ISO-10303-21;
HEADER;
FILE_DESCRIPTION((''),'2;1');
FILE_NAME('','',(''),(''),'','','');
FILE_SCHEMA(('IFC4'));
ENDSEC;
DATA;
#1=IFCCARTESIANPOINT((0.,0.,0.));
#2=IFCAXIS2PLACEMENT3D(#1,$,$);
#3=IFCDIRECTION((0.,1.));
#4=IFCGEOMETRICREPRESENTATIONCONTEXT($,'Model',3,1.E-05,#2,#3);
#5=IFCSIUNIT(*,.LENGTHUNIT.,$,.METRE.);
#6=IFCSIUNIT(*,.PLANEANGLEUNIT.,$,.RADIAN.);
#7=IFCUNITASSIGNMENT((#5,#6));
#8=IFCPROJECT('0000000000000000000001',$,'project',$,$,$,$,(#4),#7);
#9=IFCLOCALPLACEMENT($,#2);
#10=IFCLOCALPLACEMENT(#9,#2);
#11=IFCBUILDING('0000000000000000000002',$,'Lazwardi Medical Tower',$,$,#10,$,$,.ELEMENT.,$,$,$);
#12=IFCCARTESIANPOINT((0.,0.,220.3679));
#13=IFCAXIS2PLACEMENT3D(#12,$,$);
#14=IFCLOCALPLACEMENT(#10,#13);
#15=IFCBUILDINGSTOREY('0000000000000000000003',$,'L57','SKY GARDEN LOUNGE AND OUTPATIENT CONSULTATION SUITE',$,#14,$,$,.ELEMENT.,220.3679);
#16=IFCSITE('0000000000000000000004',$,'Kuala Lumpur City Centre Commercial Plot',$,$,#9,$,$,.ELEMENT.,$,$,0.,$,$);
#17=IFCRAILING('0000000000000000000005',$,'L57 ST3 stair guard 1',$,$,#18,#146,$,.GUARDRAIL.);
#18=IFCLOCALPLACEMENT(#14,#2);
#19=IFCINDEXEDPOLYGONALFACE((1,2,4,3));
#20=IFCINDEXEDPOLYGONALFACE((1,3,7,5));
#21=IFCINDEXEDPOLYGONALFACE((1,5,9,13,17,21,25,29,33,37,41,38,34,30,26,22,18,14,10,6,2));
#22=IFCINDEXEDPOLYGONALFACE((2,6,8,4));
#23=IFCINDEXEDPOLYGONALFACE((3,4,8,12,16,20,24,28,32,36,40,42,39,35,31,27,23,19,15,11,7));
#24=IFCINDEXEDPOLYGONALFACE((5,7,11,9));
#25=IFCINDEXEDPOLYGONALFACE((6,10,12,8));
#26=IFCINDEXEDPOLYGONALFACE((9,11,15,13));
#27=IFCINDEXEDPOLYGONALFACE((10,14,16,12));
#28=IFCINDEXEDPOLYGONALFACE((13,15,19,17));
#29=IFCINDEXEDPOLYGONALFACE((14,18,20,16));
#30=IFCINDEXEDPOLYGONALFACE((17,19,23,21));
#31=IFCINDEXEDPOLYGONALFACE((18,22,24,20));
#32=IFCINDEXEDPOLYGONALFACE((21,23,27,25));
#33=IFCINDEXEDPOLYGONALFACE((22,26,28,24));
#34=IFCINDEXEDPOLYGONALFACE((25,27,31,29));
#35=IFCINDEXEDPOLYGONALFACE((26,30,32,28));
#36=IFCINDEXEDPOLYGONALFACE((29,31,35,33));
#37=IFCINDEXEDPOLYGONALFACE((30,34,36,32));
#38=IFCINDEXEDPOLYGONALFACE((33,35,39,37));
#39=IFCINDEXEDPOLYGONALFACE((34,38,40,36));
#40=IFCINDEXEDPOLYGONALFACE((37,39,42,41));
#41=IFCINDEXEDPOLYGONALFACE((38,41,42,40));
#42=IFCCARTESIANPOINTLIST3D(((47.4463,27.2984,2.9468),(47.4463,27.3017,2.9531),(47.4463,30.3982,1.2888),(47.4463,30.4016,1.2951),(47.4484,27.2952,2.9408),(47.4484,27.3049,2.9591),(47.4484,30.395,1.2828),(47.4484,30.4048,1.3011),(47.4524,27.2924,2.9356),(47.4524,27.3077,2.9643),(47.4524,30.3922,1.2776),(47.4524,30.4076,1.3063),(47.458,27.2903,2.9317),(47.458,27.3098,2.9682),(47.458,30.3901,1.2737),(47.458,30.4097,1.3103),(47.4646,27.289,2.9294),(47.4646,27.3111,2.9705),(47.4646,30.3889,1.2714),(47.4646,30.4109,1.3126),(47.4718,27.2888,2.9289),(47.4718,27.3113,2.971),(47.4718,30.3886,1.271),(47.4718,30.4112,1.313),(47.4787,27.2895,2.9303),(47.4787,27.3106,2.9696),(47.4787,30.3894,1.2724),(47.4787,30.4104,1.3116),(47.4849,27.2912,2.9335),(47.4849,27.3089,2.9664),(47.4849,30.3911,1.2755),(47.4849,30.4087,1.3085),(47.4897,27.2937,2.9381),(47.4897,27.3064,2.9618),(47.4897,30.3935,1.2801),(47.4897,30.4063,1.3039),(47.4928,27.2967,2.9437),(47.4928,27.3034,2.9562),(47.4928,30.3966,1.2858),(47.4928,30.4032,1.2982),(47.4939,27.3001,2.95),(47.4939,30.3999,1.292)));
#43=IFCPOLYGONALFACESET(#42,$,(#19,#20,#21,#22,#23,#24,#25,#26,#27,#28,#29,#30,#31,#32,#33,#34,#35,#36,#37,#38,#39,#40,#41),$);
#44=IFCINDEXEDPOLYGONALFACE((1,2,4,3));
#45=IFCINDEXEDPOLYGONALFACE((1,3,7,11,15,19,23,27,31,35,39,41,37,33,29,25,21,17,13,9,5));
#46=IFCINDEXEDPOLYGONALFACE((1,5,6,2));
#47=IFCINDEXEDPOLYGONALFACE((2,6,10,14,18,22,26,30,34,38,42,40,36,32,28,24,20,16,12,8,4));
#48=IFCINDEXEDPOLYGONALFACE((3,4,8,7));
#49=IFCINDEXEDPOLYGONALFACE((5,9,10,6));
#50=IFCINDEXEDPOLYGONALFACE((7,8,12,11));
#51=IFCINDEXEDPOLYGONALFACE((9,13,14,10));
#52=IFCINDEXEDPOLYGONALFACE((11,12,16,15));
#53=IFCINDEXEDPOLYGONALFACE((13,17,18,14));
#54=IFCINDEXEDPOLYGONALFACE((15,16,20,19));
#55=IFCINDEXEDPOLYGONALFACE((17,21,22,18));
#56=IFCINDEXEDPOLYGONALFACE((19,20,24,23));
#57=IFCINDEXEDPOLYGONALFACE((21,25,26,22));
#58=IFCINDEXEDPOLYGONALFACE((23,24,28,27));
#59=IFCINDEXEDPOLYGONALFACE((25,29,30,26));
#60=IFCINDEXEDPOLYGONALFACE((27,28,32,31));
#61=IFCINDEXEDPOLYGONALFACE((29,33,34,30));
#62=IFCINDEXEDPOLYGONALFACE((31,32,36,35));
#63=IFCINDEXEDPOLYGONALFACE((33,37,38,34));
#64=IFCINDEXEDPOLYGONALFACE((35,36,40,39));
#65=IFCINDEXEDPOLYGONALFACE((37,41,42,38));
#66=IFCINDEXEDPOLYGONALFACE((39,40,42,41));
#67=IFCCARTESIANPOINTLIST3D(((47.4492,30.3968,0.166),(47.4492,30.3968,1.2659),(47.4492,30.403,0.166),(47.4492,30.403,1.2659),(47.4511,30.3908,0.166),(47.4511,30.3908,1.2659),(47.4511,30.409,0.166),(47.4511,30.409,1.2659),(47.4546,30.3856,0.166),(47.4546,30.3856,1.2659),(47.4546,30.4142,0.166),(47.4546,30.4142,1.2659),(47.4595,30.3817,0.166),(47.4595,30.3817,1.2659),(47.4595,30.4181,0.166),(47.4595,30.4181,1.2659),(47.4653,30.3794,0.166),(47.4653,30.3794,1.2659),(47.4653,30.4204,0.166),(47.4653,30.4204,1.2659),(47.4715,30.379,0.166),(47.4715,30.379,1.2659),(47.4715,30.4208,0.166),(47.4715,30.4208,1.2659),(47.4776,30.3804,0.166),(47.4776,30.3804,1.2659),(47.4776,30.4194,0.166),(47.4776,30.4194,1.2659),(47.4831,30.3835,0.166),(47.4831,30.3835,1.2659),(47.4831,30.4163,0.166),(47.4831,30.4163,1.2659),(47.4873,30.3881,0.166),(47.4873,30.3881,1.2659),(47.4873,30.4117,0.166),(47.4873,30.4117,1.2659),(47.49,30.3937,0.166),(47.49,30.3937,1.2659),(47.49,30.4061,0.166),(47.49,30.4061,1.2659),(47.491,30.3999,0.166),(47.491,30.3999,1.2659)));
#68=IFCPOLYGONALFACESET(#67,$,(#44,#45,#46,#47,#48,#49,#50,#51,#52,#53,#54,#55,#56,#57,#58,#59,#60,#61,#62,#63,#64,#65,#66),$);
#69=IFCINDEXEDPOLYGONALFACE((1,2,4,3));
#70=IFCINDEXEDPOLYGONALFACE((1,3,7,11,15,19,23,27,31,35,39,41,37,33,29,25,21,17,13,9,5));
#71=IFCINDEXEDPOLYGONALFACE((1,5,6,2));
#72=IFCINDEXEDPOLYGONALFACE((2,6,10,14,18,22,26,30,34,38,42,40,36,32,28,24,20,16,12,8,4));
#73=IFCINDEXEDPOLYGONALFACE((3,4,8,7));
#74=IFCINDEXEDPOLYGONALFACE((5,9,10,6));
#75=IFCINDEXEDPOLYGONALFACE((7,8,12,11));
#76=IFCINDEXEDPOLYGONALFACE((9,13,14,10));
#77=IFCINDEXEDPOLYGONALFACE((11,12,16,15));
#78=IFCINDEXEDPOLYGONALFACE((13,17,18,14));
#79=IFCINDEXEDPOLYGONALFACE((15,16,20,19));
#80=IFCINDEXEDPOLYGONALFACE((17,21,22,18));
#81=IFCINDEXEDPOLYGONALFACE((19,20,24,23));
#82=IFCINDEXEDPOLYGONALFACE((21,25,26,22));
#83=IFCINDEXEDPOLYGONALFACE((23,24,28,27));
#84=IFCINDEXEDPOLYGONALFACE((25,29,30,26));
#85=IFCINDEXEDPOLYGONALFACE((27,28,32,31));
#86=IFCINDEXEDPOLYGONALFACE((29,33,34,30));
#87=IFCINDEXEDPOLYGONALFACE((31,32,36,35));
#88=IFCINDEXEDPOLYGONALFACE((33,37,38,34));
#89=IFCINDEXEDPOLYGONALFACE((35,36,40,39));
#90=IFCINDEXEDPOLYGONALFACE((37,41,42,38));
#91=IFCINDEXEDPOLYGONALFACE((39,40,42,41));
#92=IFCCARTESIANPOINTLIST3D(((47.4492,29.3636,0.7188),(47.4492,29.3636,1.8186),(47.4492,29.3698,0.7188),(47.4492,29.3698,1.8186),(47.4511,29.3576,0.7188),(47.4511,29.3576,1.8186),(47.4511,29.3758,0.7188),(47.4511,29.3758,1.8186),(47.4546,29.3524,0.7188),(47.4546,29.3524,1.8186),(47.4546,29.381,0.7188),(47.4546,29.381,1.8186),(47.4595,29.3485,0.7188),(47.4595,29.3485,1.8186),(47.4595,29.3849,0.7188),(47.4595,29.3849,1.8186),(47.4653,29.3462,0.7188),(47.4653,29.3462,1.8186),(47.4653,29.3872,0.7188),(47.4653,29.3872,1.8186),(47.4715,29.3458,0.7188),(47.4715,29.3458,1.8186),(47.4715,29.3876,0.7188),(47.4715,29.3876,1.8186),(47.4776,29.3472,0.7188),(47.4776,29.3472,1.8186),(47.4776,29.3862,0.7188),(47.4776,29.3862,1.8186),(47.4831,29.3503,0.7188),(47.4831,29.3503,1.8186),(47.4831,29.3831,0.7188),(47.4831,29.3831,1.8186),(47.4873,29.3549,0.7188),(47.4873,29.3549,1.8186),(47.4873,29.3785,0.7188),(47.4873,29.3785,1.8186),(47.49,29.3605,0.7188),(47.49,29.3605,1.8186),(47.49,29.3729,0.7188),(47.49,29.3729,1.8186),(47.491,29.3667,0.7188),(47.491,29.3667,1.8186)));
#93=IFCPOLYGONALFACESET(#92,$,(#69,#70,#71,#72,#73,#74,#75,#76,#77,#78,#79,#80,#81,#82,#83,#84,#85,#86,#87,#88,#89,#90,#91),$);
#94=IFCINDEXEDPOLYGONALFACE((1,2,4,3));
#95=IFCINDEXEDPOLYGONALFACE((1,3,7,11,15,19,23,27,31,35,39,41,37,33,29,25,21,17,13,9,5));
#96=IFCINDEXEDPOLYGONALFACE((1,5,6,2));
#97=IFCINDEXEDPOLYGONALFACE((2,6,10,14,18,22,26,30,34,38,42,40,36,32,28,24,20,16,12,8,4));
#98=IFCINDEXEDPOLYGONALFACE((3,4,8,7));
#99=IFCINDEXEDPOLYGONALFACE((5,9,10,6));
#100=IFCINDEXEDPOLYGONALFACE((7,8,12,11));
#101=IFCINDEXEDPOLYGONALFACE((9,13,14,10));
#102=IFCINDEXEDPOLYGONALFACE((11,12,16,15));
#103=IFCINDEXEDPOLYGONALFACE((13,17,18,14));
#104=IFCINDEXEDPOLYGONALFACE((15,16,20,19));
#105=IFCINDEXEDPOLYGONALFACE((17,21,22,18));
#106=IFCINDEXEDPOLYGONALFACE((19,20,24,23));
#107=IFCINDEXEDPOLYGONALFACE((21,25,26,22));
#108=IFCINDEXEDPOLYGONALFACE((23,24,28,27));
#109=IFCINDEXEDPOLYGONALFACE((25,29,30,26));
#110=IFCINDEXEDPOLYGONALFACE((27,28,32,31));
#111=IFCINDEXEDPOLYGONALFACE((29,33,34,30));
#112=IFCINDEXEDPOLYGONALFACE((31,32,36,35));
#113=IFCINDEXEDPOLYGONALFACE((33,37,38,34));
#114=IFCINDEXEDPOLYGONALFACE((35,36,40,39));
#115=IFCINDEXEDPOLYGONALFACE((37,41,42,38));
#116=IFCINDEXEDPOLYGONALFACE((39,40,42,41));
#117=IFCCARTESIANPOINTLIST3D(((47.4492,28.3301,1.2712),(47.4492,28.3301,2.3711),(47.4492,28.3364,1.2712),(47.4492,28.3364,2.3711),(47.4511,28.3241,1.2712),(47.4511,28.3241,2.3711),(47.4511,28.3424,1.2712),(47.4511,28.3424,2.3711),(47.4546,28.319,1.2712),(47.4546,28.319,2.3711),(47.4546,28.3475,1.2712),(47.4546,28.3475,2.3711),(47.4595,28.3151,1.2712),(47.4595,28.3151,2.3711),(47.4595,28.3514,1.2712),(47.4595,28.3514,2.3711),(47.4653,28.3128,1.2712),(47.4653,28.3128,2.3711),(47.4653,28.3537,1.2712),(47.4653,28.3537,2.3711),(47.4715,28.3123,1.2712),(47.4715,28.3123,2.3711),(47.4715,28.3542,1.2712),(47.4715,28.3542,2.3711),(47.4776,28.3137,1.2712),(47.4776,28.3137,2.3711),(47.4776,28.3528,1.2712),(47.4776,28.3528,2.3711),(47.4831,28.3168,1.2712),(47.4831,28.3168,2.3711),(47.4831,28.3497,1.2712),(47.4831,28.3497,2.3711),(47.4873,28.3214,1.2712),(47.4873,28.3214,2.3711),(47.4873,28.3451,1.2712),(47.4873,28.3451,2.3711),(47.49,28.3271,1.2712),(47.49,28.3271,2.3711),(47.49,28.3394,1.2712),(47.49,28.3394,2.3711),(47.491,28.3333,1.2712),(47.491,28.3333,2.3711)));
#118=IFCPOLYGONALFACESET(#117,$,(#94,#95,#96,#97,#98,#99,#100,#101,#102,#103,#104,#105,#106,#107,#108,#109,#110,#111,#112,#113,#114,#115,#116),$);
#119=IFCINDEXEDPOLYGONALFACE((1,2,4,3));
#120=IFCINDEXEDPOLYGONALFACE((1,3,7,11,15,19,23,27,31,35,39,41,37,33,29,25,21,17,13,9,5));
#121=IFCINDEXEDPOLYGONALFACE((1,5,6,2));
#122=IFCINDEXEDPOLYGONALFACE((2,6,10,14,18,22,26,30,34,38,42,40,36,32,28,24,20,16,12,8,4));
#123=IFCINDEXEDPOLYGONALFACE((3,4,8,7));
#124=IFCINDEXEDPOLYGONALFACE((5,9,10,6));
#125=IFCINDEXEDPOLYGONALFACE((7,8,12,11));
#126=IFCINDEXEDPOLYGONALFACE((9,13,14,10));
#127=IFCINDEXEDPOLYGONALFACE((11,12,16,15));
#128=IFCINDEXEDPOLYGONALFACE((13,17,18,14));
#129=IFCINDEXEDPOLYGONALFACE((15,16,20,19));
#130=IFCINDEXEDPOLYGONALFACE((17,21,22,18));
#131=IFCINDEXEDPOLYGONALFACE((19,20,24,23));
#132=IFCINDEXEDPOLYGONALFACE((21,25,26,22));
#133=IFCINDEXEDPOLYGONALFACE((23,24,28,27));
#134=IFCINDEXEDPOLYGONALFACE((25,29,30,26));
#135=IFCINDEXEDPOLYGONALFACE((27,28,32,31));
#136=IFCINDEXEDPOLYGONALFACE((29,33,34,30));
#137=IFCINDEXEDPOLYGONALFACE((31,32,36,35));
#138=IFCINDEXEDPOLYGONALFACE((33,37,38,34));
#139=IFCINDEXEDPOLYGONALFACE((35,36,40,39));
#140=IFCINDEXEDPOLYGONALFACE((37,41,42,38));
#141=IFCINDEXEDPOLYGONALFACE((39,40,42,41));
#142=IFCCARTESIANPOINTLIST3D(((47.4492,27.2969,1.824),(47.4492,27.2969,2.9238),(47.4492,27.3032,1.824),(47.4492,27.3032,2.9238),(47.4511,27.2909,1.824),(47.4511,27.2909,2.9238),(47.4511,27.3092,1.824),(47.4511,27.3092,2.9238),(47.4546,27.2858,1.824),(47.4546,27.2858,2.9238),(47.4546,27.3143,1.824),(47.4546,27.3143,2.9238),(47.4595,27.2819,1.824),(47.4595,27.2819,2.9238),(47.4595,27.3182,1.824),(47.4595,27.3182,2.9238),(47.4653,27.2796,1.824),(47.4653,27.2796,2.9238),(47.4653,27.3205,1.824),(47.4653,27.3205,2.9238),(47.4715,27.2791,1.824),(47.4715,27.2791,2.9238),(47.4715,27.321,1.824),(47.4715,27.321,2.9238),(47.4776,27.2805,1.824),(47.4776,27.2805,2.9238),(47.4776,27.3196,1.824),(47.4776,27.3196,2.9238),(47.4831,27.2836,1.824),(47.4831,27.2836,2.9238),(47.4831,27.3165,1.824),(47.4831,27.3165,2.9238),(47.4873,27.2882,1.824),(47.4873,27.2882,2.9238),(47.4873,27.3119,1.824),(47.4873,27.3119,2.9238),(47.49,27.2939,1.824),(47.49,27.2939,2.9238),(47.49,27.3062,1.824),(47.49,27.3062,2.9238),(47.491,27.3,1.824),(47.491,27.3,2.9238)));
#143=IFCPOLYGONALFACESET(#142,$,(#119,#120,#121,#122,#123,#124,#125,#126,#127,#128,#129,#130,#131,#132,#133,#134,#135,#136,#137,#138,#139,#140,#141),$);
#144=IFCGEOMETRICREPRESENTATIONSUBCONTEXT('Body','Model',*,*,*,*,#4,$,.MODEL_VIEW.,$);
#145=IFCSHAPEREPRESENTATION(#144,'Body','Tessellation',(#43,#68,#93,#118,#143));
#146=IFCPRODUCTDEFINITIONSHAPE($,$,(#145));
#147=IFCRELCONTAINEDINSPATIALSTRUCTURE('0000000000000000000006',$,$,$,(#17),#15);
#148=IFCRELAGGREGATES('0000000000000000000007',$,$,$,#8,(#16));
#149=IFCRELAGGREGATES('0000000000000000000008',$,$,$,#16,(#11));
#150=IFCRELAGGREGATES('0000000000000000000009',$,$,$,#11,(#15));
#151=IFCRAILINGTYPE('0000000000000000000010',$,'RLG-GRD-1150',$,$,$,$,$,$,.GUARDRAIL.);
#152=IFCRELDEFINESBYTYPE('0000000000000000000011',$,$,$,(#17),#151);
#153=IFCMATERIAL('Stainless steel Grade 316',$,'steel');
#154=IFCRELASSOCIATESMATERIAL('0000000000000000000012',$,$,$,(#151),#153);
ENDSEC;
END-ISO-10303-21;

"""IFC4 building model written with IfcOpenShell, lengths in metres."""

from ifc_helpers import new_model, si_unit, direction, frame, origin, origin_2d, place, context, subcontext, project, spatial, circle, extrude, material, type_object, element, save


model = new_model("IFC4")

# Units and contexts
model_context = context("Model", 3, precision=1e-05, world=origin(), true_north=direction((0.0, 1.0)))
body_context = subcontext(model_context, "Body", "Model", "MODEL_VIEW")
ifc_project = project(units=[si_unit("LENGTHUNIT", "METRE"), si_unit("PLANEANGLEUNIT", "RADIAN")], contexts=[model_context])

# Site, building, storey
site_placement = place(None, origin())
site = spatial("IfcSite", under=ifc_project, at=site_placement, Name="Kuala Lumpur City Centre Commercial Plot", CompositionType="ELEMENT", RefElevation=0.0)
building_placement = place(site_placement, origin())
building = spatial("IfcBuilding", under=site, at=building_placement, Name="Lazwardi Medical Tower", CompositionType="ELEMENT")
storey_placement = place(building_placement, frame((0.0, 0.0, 220.3679)))
storey = spatial("IfcBuildingStorey", under=building, at=storey_placement, Name="L57", Description="SKY GARDEN LOUNGE AND OUTPATIENT CONSULTATION SUITE", CompositionType="ELEMENT", Elevation=220.3679)

# Railing
ifc_material_1 = material(Name="Stainless steel Grade 316", Category="steel")
railing_type_1 = type_object("IfcRailingType", Name="RLG-GRD-1150", PredefinedType="GUARDRAIL", material=ifc_material_1)
railing_1_placement = place(storey_placement, frame((47.47, 30.3999, 0.166)))
element("IfcRailing", 1, at=railing_1_placement, inside=storey, type_object=railing_type_1, Name="L57 ST3 stair guard 1", PredefinedType="GUARDRAIL", context=body_context, shape_type="SweptSolid", body=[
    extrude(circle(Radius=0.0239, at=origin_2d()), frame((0.0, 0.0, 1.126), z_axis=(0.0, -0.881797, 0.47163), x_axis=(1.0, 0.0, 0.0)), (0.0, 0.0, 1.0), 3.5154),
    extrude(circle(Radius=0.021, at=origin_2d()), origin(), (0.0, 0.0, 1.0), 1.0999),
    extrude(circle(Radius=0.021, at=origin_2d()), frame((0.0, -1.0332, 0.5527)), (0.0, 0.0, 1.0), 1.0999),
    extrude(circle(Radius=0.021, at=origin_2d()), frame((0.0, -2.0667, 1.1052)), (0.0, 0.0, 1.0), 1.0999),
    extrude(circle(Radius=0.021, at=origin_2d()), frame((0.0, -3.0999, 1.658)), (0.0, 0.0, 1.0), 1.0999),
])

save(model, "model.ifc")
